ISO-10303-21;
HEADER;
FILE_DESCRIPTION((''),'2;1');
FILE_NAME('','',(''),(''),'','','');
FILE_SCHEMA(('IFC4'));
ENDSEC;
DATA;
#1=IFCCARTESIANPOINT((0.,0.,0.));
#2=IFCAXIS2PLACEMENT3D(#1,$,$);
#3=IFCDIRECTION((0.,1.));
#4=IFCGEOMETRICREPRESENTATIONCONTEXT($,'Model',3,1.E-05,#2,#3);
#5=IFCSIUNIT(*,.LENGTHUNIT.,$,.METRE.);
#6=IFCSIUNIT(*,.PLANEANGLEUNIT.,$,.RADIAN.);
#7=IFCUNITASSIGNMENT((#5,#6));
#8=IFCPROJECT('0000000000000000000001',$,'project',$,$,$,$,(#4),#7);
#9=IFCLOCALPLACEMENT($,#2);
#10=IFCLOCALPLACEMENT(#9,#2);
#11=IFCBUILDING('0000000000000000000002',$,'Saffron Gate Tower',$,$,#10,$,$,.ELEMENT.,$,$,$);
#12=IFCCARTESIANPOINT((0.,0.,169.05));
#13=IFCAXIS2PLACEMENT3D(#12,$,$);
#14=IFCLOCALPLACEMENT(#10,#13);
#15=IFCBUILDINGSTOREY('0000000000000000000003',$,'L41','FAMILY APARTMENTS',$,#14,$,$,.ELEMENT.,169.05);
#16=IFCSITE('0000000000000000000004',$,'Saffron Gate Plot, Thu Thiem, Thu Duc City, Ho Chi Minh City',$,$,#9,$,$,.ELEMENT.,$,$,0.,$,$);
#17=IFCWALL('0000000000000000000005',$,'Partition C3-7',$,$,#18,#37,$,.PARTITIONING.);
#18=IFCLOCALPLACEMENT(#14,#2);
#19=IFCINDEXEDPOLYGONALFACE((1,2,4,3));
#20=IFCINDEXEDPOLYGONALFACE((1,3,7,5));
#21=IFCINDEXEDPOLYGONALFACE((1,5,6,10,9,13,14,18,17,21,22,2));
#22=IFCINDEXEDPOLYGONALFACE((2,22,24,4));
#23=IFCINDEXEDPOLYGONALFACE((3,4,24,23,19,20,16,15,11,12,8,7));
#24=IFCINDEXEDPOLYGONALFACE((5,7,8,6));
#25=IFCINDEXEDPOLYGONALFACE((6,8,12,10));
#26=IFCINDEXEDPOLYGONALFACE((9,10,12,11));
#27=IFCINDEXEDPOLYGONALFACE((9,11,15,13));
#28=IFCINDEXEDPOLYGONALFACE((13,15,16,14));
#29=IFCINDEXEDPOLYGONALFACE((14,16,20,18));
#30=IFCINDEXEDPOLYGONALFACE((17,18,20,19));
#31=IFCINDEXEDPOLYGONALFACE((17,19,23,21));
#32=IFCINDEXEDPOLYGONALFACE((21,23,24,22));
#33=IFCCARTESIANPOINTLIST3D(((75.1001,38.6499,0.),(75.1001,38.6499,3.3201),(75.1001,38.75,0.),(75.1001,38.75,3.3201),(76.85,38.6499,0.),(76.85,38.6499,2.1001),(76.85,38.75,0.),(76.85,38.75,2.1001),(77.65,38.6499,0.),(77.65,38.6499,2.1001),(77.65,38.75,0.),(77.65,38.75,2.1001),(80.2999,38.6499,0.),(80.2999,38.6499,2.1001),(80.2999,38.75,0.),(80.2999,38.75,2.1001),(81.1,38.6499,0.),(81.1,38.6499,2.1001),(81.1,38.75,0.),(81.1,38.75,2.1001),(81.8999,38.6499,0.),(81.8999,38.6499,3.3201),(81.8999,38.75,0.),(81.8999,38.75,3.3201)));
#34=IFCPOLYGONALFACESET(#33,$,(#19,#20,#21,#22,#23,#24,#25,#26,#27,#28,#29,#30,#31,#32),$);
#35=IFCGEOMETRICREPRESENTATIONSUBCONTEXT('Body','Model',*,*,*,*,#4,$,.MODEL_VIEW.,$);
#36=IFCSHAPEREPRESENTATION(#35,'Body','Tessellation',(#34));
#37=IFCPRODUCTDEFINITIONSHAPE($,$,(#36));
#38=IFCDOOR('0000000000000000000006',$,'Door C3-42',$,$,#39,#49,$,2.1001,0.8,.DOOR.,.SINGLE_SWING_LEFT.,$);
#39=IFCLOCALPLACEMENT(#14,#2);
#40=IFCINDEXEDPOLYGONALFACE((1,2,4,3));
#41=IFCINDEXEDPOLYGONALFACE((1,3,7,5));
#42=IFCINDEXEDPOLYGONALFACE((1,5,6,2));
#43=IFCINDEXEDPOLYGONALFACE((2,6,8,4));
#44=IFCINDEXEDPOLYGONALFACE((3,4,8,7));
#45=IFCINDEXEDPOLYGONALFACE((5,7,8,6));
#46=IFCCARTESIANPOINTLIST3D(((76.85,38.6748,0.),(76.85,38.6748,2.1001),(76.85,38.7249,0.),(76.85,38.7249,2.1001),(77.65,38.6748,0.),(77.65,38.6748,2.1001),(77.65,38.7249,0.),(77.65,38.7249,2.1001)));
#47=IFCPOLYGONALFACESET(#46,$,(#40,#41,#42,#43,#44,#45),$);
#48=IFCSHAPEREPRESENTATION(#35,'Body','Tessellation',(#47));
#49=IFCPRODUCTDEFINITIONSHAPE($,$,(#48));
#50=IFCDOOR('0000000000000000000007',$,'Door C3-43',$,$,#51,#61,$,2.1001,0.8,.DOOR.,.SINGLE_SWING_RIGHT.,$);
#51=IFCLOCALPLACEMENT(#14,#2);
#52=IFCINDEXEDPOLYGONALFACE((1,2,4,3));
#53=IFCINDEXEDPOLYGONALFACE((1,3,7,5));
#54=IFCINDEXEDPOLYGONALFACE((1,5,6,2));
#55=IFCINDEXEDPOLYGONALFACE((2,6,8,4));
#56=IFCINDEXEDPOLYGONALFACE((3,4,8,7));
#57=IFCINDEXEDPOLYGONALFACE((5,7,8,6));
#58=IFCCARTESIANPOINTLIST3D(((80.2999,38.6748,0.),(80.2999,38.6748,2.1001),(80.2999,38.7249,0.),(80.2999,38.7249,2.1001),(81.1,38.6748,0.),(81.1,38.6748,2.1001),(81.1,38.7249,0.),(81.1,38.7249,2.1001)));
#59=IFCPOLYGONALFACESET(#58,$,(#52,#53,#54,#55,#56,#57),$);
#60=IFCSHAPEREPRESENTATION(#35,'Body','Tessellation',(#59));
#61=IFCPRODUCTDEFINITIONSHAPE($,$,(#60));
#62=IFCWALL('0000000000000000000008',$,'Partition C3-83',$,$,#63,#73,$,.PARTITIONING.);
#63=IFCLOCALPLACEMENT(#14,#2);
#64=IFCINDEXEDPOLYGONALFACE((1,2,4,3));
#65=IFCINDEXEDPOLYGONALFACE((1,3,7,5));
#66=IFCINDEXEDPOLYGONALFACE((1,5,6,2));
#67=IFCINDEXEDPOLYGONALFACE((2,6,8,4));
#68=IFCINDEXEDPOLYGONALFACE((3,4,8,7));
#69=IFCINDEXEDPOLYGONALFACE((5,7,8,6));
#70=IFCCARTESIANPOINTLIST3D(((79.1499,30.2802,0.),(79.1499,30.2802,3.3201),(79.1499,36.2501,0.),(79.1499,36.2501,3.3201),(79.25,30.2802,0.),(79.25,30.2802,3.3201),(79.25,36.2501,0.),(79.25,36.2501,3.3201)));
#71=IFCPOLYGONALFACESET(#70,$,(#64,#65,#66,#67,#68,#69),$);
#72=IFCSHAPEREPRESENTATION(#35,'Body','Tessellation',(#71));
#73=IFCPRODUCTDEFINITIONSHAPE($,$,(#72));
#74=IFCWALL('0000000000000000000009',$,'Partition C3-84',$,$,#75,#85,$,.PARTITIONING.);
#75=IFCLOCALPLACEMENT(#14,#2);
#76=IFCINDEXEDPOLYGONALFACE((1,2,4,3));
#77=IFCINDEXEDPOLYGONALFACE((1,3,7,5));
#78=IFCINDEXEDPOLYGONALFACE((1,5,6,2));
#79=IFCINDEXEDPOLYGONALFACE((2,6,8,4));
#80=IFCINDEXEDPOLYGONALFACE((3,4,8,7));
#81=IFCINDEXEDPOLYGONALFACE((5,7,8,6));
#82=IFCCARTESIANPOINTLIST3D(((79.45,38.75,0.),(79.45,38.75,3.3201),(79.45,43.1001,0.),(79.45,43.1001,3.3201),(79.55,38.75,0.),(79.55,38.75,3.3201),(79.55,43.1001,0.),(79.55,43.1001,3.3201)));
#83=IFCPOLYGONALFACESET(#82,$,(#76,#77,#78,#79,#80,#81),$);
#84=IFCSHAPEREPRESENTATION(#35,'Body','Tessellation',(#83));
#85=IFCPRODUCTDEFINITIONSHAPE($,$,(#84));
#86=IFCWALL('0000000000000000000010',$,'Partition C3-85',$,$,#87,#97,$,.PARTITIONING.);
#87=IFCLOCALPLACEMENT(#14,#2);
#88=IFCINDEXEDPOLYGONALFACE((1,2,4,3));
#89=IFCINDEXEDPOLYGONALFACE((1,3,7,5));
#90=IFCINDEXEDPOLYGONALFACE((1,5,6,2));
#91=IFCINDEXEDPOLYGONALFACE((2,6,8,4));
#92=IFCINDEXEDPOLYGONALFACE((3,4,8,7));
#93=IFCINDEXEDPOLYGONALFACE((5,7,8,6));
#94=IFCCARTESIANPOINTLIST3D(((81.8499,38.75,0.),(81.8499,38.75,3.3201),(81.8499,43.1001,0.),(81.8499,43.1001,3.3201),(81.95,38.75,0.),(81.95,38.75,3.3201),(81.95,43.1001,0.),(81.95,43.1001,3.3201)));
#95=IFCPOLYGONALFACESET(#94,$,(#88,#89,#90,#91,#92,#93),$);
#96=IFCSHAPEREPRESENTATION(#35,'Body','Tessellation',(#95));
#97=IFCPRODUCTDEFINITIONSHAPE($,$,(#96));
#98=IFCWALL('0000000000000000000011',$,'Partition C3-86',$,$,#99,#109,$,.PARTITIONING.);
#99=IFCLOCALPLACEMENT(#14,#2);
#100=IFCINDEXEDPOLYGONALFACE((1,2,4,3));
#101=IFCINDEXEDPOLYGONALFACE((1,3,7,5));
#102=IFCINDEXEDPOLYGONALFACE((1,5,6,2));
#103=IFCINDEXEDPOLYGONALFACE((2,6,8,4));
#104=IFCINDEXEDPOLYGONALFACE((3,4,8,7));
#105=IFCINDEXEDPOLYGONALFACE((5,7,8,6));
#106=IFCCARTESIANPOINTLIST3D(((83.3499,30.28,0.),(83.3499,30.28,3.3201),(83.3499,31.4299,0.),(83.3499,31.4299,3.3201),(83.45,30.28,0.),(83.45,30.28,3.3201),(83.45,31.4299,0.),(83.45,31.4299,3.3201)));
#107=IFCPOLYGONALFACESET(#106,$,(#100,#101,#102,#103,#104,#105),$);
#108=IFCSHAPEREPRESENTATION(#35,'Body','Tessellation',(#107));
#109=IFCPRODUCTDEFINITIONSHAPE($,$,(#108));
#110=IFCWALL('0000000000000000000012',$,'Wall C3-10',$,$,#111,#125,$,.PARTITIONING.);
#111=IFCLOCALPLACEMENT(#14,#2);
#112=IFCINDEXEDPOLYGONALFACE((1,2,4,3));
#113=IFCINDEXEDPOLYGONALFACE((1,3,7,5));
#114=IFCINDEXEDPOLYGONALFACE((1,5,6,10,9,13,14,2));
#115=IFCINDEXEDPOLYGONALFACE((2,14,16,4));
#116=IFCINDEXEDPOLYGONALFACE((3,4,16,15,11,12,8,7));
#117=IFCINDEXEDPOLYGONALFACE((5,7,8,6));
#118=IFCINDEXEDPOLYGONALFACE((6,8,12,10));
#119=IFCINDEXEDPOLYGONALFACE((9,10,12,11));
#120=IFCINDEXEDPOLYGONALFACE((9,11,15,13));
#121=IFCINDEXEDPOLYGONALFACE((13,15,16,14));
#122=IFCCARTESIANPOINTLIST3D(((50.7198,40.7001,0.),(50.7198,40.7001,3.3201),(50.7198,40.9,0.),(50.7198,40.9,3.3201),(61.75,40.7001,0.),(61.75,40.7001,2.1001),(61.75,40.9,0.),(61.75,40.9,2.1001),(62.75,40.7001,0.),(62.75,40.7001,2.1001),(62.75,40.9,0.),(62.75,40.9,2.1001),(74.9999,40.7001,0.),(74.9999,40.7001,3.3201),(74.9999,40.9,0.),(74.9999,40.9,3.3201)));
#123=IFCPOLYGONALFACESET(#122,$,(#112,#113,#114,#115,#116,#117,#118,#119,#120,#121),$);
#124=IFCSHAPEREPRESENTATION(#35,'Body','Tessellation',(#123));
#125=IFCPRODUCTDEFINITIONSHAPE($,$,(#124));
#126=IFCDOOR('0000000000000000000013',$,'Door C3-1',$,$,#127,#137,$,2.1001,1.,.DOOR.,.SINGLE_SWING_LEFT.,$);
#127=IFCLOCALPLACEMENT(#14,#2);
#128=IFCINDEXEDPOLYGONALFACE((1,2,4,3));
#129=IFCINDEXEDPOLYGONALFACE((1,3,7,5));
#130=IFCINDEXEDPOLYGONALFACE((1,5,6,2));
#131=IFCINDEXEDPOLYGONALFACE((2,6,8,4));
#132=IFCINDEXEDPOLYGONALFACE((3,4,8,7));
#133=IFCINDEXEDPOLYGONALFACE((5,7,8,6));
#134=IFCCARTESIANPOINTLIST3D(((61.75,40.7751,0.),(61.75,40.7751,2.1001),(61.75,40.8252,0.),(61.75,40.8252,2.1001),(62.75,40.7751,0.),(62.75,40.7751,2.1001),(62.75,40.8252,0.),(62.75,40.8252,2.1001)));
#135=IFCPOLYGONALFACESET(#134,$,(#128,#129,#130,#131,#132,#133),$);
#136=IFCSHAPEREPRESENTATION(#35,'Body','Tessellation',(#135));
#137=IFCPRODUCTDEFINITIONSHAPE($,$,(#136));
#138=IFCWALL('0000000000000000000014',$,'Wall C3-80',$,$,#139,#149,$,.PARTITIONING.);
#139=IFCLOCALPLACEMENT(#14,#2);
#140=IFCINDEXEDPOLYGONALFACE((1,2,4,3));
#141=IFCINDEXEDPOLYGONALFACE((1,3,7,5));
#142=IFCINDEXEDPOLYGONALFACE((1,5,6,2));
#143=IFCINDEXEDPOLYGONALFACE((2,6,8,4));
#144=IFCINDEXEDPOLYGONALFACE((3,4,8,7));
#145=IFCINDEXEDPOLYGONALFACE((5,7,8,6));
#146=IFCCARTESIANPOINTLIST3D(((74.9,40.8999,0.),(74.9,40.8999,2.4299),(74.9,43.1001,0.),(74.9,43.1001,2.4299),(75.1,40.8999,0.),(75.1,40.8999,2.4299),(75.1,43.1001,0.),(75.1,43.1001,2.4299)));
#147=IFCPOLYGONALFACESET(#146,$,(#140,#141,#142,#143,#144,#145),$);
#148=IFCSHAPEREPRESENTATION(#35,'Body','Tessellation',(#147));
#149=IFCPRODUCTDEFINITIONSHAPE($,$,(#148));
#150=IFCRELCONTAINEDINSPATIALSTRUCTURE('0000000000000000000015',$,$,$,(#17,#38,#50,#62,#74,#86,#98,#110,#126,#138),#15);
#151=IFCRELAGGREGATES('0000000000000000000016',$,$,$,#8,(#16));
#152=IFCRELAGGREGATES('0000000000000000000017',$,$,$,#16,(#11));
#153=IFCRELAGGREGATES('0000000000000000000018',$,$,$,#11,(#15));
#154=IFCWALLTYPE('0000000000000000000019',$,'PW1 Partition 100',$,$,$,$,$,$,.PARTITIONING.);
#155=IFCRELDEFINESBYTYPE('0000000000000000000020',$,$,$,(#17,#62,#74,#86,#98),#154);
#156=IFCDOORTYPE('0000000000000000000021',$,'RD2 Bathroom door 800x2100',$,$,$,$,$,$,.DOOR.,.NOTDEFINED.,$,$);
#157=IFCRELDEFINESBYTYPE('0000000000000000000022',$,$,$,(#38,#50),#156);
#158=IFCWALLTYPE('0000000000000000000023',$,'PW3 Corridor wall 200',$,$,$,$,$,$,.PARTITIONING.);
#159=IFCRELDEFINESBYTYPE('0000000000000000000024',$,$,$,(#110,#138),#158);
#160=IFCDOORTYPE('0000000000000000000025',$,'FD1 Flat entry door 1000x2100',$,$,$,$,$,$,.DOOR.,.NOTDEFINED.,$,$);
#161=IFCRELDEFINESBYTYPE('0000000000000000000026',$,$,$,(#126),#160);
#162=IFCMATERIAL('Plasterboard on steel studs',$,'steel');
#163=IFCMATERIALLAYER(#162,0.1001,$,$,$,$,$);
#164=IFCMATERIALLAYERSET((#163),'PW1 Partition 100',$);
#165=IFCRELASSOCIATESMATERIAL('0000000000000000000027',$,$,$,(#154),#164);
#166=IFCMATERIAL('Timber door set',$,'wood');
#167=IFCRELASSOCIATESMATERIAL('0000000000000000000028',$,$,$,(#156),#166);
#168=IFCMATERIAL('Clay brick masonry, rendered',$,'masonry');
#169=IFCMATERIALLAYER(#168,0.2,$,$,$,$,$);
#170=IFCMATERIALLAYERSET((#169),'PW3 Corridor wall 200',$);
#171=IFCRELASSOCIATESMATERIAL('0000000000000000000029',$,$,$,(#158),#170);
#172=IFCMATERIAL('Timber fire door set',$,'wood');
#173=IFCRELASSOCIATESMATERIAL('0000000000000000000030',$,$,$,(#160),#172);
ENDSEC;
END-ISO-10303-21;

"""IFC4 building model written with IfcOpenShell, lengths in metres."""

from ifc_helpers import new_model, si_unit, direction, frame, frame_2d, origin, place, context, subcontext, project, spatial, rectangle, extrude, material, layer, layer_set, type_object, element, fill, save


model = new_model("IFC4")

# Units and contexts
model_context = context("Model", 3, precision=1e-05, world=origin(), true_north=direction((0.0, 1.0)))
body_context = subcontext(model_context, "Body", "Model", "MODEL_VIEW")
ifc_project = project(units=[si_unit("LENGTHUNIT", "METRE"), si_unit("PLANEANGLEUNIT", "RADIAN")], contexts=[model_context])

# Site, building, storey
site_placement = place(None, origin())
site = spatial("IfcSite", under=ifc_project, at=site_placement, Name="Saffron Gate Plot, Thu Thiem, Thu Duc City, Ho Chi Minh City", CompositionType="ELEMENT", RefElevation=0.0)
building_placement = place(site_placement, origin())
building = spatial("IfcBuilding", under=site, at=building_placement, Name="Saffron Gate Tower", CompositionType="ELEMENT")
storey_placement = place(building_placement, frame((0.0, 0.0, 169.05)))
storey = spatial("IfcBuildingStorey", under=building, at=storey_placement, Name="L41", Description="FAMILY APARTMENTS", CompositionType="ELEMENT", Elevation=169.05)

# Wall, openings, doors
ifc_material_1 = material(Name="Plasterboard on steel studs", Category="steel")
ifc_layer_1 = layer(ifc_material_1, 0.1001)
ifc_layer_set_1 = layer_set([ifc_layer_1], Name="PW1 Partition 100")
wall_type_1 = type_object("IfcWallType", Name="PW1 Partition 100", PredefinedType="PARTITIONING", material=ifc_layer_set_1)
wall_1_placement = place(storey_placement, frame((75.1001, 38.7, 0.0), z_axis=(0.0, 0.0, 1.0), x_axis=(1.0, 0.0, 0.0)))
wall_1 = element("IfcWall", 1, at=wall_1_placement, inside=storey, type_object=wall_type_1, Name="Partition C3-7", PredefinedType="PARTITIONING", context=body_context, shape_type="SweptSolid", body=[
    extrude(rectangle(XDim=6.7998, YDim=0.1001, at=frame_2d((3.3999, 0.0))), origin(), (0.0, 0.0, 1.0), 3.3201),
])
opening_1_placement = place(wall_1_placement, frame((1.75, 0.0, 0.0)))
opening_1 = element("IfcOpeningElement", 2, at=opening_1_placement, cuts=wall_1, PredefinedType="OPENING", context=body_context, shape_type="SweptSolid", body=[
    extrude(rectangle(XDim=0.8, YDim=2.1001, at=frame_2d((0.3999, 1.05))), frame((0.0, 0.0601, 0.0), z_axis=(0.0, -1.0, 0.0), x_axis=(1.0, 0.0, 0.0)), (0.0, 0.0, 1.0), 0.1201),
])
opening_2_placement = place(wall_1_placement, frame((5.2, 0.0, 0.0)))
opening_2 = element("IfcOpeningElement", 3, at=opening_2_placement, cuts=wall_1, PredefinedType="OPENING", context=body_context, shape_type="SweptSolid", body=[
    extrude(rectangle(XDim=0.8, YDim=2.1001, at=frame_2d((0.3999, 1.05))), frame((0.0, 0.0601, 0.0), z_axis=(0.0, -1.0, 0.0), x_axis=(1.0, 0.0, 0.0)), (0.0, 0.0, 1.0), 0.1201),
])
ifc_material_2 = material(Name="Timber door set", Category="wood")
door_type_1 = type_object("IfcDoorType", Name="RD2 Bathroom door 800x2100", OperationType="NOTDEFINED", PredefinedType="DOOR", material=ifc_material_2)
door_1_placement = place(opening_1_placement, origin())
door_1 = element("IfcDoor", 4, at=door_1_placement, inside=storey, type_object=door_type_1, Name="Door C3-42", OperationType="SINGLE_SWING_LEFT", OverallHeight=2.1001, OverallWidth=0.8, PredefinedType="DOOR", context=body_context, shape_type="SweptSolid", body=[
    extrude(rectangle(XDim=0.8, YDim=2.1001, at=frame_2d((0.3999, 1.05))), frame((0.0, 0.0249, 0.0), z_axis=(0.0, -1.0, 0.0), x_axis=(1.0, 0.0, 0.0)), (0.0, 0.0, 1.0), 0.05),
])
fill(opening_1, door_1)
door_2_placement = place(opening_2_placement, origin())
door_2 = element("IfcDoor", 5, at=door_2_placement, inside=storey, type_object=door_type_1, Name="Door C3-43", OperationType="SINGLE_SWING_RIGHT", OverallHeight=2.1001, OverallWidth=0.8, PredefinedType="DOOR", context=body_context, shape_type="SweptSolid", body=[
    extrude(rectangle(XDim=0.8, YDim=2.1001, at=frame_2d((0.3999, 1.05))), frame((0.0, 0.0249, 0.0), z_axis=(0.0, -1.0, 0.0), x_axis=(1.0, 0.0, 0.0)), (0.0, 0.0, 1.0), 0.05),
])
fill(opening_2, door_2)

# Walls
wall_2_placement = place(storey_placement, frame((79.2, 36.25, 0.0), z_axis=(0.0, 0.0, 1.0), x_axis=(0.0, -1.0, 0.0)))
element("IfcWall", 6, at=wall_2_placement, inside=storey, type_object=wall_type_1, Name="Partition C3-83", PredefinedType="PARTITIONING", context=body_context, shape_type="SweptSolid", body=[
    extrude(rectangle(XDim=5.97, YDim=0.1001, at=frame_2d((2.9849, 0.0))), origin(), (0.0, 0.0, 1.0), 3.3201),
])
for number, where, z_axis, x_axis, name in (
    (7, (79.5, 43.1001, 0.0), (0.0, 0.0, 1.0), (0.0, -1.0, 0.0), "Partition C3-84"),
    (8, (81.8999, 43.1001, 0.0), (0.0, 0.0, 1.0), (0.0, -1.0, 0.0), "Partition C3-85"),
):
    element("IfcWall", number, at=place(storey_placement, frame(where, z_axis=z_axis, x_axis=x_axis)), inside=storey, type_object=wall_type_1, Name=name, PredefinedType="PARTITIONING", context=body_context, shape_type="SweptSolid", body=[
        extrude(rectangle(XDim=4.3501, YDim=0.1001, at=frame_2d((2.175, 0.0))), origin(), (0.0, 0.0, 1.0), 3.3201),
    ])
wall_3_placement = place(storey_placement, frame((83.3999, 31.4299, 0.0), z_axis=(0.0, 0.0, 1.0), x_axis=(0.0, -1.0, 0.0)))
element("IfcWall", 9, at=wall_3_placement, inside=storey, type_object=wall_type_1, Name="Partition C3-86", PredefinedType="PARTITIONING", context=body_context, shape_type="SweptSolid", body=[
    extrude(rectangle(XDim=1.1499, YDim=0.1001, at=frame_2d((0.575, 0.0))), origin(), (0.0, 0.0, 1.0), 3.3201),
])

# Wall, opening, door
ifc_material_3 = material(Name="Clay brick masonry, rendered", Category="masonry")
ifc_layer_2 = layer(ifc_material_3, 0.2)
ifc_layer_set_2 = layer_set([ifc_layer_2], Name="PW3 Corridor wall 200")
wall_type_2 = type_object("IfcWallType", Name="PW3 Corridor wall 200", PredefinedType="PARTITIONING", material=ifc_layer_set_2)
wall_4_placement = place(storey_placement, frame((75.0, 40.8, 0.0), z_axis=(0.0, 0.0, 1.0), x_axis=(-1.0, 0.0, 0.0)))
wall_4 = element("IfcWall", 10, at=wall_4_placement, inside=storey, type_object=wall_type_2, Name="Wall C3-10", PredefinedType="PARTITIONING", context=body_context, shape_type="SweptSolid", body=[
    extrude(rectangle(XDim=24.28, YDim=0.2, at=frame_2d((12.1401, 0.0))), origin(), (0.0, 0.0, 1.0), 3.3201),
])
opening_3_placement = place(wall_4_placement, frame((12.25, 0.0, 0.0)))
opening_3 = element("IfcOpeningElement", 11, at=opening_3_placement, cuts=wall_4, PredefinedType="OPENING", context=body_context, shape_type="SweptSolid", body=[
    extrude(rectangle(XDim=1.0, YDim=2.1001, at=frame_2d((0.5, 1.05))), frame((0.0, 0.1099, 0.0), z_axis=(0.0, -1.0, 0.0), x_axis=(1.0, 0.0, 0.0)), (0.0, 0.0, 1.0), 0.22),
])
ifc_material_4 = material(Name="Timber fire door set", Category="wood")
door_type_2 = type_object("IfcDoorType", Name="FD1 Flat entry door 1000x2100", OperationType="NOTDEFINED", PredefinedType="DOOR", material=ifc_material_4)
door_3_placement = place(opening_3_placement, origin())
door_3 = element("IfcDoor", 12, at=door_3_placement, inside=storey, type_object=door_type_2, Name="Door C3-1", OperationType="SINGLE_SWING_LEFT", OverallHeight=2.1001, OverallWidth=1.0, PredefinedType="DOOR", context=body_context, shape_type="SweptSolid", body=[
    extrude(rectangle(XDim=1.0, YDim=2.1001, at=frame_2d((0.5, 1.05))), frame((0.0, 0.0249, 0.0), z_axis=(0.0, -1.0, 0.0), x_axis=(1.0, 0.0, 0.0)), (0.0, 0.0, 1.0), 0.05),
])
fill(opening_3, door_3)

# Wall
wall_5_placement = place(storey_placement, frame((75.0, 43.1001, 0.0), z_axis=(0.0, 0.0, 1.0), x_axis=(0.0, -1.0, 0.0)))
element("IfcWall", 13, at=wall_5_placement, inside=storey, type_object=wall_type_2, Name="Wall C3-80", PredefinedType="PARTITIONING", context=body_context, shape_type="SweptSolid", body=[
    extrude(rectangle(XDim=2.2002, YDim=0.2, at=frame_2d((1.1001, 0.0))), origin(), (0.0, 0.0, 1.0), 2.4299),
])

save(model, "model.ifc")
